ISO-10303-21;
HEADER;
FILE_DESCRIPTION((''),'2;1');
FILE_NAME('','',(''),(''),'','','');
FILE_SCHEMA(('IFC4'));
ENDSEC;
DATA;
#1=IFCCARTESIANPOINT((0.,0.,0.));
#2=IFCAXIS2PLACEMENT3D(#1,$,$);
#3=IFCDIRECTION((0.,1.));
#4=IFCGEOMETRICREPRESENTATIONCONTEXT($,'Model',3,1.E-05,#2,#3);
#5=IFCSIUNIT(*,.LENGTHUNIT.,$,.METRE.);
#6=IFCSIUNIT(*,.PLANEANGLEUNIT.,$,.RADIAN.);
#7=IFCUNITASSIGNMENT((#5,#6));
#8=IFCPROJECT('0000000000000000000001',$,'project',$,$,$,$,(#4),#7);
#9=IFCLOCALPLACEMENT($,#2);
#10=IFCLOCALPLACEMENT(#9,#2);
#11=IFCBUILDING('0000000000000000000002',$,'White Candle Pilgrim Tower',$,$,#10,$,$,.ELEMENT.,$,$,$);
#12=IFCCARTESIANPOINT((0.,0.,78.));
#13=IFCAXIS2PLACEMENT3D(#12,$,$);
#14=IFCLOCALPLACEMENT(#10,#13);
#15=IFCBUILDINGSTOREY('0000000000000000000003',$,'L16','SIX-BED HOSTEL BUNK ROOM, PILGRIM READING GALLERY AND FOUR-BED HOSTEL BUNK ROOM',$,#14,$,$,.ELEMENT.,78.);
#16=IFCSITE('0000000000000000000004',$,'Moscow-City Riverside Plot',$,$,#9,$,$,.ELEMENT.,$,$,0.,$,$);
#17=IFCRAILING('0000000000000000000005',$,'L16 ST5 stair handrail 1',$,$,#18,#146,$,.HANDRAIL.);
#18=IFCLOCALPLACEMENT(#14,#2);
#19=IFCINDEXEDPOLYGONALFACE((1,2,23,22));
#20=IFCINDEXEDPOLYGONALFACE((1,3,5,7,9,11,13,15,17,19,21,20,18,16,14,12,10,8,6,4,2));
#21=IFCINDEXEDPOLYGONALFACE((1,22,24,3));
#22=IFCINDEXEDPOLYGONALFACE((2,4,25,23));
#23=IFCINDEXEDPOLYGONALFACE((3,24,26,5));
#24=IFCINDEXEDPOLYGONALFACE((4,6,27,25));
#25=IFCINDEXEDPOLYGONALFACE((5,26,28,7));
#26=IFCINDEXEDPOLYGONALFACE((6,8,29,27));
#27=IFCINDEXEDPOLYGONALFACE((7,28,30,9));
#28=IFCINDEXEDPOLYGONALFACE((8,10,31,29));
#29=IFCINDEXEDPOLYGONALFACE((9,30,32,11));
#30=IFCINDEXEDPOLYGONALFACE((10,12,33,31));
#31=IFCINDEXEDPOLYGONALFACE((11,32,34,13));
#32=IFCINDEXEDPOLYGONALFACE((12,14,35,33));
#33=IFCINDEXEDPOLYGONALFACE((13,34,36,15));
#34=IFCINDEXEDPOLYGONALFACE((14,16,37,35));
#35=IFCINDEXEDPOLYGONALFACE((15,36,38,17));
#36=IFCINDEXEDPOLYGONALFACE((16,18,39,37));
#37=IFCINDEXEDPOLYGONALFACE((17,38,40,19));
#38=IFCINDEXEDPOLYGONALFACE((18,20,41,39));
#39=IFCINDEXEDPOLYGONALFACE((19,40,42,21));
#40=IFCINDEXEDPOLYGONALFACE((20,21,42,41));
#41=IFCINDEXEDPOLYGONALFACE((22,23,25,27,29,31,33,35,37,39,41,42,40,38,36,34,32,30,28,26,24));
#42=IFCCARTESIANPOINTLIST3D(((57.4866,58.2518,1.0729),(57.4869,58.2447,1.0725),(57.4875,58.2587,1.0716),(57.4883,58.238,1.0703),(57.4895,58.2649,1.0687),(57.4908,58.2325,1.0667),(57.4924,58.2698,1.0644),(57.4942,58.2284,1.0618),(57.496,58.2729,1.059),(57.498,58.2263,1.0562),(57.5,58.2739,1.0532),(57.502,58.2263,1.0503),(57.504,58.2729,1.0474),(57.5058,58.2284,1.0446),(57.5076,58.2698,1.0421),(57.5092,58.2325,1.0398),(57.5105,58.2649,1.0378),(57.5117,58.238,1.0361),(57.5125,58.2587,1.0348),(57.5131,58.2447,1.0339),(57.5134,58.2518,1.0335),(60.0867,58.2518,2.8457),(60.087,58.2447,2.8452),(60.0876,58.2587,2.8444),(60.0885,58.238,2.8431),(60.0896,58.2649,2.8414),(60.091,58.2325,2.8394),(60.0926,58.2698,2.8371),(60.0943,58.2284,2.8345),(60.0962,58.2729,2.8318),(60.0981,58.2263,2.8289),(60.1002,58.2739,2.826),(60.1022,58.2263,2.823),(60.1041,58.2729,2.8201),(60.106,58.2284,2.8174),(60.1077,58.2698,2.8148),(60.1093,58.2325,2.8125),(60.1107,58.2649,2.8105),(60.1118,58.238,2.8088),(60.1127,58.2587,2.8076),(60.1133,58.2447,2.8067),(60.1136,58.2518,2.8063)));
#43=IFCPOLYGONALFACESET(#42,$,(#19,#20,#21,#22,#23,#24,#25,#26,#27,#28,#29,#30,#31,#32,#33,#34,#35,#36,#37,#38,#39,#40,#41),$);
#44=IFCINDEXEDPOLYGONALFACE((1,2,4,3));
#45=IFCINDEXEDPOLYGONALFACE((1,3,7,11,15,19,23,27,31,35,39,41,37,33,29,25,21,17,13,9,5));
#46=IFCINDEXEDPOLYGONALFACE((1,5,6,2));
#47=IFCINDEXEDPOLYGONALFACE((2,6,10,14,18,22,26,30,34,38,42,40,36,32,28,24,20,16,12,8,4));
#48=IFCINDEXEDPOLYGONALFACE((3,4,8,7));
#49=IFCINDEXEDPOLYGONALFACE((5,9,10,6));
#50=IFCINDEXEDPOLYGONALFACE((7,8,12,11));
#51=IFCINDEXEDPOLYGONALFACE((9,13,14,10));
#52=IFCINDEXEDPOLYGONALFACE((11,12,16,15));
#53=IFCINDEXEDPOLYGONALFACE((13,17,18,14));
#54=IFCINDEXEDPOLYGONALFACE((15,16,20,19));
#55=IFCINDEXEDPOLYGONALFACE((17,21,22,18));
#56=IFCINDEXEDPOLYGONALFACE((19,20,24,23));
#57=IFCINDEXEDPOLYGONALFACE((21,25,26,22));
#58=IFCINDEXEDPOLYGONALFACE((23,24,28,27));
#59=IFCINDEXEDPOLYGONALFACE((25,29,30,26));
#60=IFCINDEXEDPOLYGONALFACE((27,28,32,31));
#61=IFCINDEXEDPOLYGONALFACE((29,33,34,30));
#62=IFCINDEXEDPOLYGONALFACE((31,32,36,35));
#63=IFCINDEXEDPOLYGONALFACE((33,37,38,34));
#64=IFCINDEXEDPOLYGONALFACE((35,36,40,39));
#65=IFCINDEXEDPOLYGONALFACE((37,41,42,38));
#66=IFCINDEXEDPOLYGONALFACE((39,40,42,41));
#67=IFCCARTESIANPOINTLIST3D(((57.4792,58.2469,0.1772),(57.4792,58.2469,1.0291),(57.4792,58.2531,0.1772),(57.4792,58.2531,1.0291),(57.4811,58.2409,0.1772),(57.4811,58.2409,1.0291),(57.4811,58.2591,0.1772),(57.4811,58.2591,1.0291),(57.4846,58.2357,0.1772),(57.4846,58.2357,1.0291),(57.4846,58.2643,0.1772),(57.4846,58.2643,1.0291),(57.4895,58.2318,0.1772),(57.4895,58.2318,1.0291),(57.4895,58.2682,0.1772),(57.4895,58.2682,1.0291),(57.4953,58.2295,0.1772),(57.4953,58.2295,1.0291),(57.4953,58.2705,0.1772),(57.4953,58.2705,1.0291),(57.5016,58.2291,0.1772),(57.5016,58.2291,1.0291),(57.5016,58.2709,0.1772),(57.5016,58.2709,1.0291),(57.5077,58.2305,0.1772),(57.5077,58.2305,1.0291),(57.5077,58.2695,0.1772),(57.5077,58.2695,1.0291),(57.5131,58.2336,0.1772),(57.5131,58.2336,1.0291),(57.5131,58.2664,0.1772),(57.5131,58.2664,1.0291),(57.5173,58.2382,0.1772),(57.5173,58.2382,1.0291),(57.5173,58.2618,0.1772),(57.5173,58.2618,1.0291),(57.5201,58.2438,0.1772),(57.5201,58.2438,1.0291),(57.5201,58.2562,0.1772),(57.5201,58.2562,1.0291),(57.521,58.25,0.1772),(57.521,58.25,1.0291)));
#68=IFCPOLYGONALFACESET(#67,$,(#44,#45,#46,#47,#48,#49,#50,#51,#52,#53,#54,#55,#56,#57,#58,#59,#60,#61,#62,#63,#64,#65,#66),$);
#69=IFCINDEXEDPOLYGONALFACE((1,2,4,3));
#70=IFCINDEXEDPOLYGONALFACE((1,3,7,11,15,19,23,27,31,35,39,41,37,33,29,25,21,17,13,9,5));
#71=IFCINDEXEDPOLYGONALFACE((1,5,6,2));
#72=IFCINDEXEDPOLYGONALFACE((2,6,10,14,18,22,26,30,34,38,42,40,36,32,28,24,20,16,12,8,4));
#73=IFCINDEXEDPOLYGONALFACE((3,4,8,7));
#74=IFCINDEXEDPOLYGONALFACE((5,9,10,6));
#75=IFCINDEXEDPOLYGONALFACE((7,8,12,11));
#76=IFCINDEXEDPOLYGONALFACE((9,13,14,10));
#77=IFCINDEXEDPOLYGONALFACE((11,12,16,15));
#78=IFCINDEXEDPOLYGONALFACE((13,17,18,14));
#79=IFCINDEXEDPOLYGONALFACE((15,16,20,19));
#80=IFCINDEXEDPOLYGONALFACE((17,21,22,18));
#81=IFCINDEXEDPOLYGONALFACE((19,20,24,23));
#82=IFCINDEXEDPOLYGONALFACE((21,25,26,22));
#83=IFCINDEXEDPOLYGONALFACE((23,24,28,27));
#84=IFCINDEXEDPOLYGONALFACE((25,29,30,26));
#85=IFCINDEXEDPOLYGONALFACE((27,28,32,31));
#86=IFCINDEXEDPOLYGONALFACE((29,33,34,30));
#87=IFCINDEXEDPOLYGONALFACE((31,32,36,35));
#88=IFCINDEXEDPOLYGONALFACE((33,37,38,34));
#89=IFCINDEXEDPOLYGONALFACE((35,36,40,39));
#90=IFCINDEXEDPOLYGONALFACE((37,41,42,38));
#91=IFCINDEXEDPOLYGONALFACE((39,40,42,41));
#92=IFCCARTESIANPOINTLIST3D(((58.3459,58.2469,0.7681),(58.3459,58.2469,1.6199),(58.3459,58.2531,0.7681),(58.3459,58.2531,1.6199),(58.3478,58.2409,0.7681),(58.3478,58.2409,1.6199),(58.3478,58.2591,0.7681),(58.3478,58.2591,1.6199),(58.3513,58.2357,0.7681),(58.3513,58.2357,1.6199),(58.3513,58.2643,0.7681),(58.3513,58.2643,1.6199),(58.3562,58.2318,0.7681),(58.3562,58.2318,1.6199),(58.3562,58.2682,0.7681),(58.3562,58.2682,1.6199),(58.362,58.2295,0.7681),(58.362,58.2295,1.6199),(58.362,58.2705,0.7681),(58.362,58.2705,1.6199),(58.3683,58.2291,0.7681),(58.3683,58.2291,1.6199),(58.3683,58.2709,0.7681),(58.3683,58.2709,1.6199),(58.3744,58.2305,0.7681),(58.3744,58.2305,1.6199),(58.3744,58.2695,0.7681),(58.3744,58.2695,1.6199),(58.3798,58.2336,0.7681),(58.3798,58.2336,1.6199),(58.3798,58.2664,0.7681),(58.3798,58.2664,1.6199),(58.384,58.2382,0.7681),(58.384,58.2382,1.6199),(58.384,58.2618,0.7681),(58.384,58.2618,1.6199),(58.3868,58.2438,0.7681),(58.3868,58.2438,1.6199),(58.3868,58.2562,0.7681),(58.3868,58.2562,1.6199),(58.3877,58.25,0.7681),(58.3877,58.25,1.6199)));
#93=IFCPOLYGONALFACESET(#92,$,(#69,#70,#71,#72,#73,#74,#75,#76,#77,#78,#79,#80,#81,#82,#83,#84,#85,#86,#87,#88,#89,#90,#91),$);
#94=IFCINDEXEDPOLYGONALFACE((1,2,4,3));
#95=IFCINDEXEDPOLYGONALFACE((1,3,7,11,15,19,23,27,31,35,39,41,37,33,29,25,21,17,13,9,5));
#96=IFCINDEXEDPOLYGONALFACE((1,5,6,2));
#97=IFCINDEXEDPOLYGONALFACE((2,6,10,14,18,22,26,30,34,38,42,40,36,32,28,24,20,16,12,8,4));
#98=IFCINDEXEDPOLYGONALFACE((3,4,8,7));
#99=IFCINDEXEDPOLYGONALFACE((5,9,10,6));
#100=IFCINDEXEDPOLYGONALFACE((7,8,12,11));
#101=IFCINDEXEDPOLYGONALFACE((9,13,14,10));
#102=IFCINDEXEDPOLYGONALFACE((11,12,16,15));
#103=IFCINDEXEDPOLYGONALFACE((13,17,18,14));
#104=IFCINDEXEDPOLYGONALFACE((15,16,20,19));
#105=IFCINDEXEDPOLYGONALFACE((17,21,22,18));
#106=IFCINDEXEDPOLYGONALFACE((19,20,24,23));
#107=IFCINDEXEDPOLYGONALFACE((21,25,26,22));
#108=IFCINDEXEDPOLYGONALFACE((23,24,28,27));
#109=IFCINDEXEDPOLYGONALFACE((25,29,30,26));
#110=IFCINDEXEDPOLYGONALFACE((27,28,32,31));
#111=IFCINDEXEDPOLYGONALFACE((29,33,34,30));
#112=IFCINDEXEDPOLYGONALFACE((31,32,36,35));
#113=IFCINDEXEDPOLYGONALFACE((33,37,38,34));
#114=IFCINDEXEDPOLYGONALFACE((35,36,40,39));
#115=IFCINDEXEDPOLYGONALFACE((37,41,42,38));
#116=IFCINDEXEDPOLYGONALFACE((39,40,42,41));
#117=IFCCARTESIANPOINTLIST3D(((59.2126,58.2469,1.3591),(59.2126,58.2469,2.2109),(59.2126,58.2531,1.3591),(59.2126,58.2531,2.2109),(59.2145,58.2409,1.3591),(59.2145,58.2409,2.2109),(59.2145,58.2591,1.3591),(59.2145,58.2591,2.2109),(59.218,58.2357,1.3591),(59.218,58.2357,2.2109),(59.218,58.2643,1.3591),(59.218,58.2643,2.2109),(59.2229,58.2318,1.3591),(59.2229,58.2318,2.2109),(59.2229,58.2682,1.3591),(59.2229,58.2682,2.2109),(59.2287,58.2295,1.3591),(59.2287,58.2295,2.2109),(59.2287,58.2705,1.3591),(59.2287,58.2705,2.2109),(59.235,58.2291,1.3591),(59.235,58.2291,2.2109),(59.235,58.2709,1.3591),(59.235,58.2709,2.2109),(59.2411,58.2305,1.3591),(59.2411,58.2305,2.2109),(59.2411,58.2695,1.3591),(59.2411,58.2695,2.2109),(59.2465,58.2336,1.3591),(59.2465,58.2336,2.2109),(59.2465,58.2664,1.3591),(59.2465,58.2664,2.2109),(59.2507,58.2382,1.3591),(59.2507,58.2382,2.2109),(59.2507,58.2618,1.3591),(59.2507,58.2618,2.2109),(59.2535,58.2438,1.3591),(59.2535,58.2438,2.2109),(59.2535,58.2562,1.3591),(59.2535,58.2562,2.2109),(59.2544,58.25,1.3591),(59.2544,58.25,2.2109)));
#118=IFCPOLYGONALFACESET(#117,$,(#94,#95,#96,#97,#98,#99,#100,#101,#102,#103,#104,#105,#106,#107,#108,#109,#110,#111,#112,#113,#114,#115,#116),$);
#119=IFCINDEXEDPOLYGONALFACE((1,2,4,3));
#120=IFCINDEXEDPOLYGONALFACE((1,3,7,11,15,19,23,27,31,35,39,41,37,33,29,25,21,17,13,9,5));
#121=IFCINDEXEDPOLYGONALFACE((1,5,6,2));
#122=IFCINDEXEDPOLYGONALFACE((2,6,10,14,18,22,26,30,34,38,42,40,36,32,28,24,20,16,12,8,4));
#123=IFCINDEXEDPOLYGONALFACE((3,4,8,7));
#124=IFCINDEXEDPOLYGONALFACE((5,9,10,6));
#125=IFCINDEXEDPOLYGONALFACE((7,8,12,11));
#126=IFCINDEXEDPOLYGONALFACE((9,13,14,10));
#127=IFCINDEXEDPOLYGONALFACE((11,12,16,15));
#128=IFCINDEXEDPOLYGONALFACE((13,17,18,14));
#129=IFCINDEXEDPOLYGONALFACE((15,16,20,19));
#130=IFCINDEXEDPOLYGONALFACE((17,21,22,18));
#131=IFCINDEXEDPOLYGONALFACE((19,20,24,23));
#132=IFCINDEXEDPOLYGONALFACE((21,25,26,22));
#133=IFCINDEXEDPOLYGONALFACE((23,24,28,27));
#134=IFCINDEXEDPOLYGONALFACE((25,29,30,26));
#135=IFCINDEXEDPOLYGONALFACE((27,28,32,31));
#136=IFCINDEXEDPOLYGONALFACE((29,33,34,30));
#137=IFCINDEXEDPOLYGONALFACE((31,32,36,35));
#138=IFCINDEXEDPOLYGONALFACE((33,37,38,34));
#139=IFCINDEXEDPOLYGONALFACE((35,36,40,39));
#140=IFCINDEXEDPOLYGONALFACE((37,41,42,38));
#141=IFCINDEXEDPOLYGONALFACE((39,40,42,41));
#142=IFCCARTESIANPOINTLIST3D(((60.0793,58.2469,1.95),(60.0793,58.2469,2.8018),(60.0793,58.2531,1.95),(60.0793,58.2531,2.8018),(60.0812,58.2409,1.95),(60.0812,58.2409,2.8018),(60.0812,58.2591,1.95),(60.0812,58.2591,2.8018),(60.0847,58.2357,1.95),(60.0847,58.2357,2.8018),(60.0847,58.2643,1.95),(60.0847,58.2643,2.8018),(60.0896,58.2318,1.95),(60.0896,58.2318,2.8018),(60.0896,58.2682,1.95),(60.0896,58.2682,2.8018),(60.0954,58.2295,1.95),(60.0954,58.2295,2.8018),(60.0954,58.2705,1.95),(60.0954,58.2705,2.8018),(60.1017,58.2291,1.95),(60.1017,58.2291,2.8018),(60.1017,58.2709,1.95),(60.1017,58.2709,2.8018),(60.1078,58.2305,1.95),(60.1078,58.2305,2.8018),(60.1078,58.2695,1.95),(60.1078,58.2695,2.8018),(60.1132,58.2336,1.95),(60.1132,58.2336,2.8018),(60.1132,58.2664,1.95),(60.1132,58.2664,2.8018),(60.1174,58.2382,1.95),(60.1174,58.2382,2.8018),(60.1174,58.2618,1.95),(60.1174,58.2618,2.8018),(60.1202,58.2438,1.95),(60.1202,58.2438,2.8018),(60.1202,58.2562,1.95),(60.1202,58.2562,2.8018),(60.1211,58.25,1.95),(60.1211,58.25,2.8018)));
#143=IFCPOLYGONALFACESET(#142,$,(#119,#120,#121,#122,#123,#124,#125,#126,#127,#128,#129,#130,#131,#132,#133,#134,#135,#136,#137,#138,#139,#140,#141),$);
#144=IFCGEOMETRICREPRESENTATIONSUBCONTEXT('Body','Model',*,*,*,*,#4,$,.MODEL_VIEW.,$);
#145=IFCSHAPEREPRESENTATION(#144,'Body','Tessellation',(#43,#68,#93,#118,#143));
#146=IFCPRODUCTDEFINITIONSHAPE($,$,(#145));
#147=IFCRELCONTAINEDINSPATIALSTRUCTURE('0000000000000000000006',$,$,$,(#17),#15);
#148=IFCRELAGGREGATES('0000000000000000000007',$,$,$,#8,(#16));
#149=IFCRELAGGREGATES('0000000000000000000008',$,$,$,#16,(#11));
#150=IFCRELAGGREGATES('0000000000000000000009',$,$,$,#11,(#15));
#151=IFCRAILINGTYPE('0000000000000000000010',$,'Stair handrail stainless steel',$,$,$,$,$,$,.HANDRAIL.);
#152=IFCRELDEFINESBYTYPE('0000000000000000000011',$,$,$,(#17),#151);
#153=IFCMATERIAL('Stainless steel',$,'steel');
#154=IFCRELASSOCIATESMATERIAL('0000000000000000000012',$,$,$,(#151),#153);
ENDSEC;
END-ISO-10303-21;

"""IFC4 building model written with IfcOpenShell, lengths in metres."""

from ifc_helpers import new_model, si_unit, direction, frame, origin, origin_2d, place, context, subcontext, project, spatial, circle, extrude, material, type_object, element, save


model = new_model("IFC4")

# Units and contexts
model_context = context("Model", 3, precision=1e-05, world=origin(), true_north=direction((0.0, 1.0)))
body_context = subcontext(model_context, "Body", "Model", "MODEL_VIEW")
ifc_project = project(units=[si_unit("LENGTHUNIT", "METRE"), si_unit("PLANEANGLEUNIT", "RADIAN")], contexts=[model_context])

# Site, building, storey
site_placement = place(None, origin())
site = spatial("IfcSite", under=ifc_project, at=site_placement, Name="Moscow-City Riverside Plot", CompositionType="ELEMENT", RefElevation=0.0)
building_placement = place(site_placement, origin())
building = spatial("IfcBuilding", under=site, at=building_placement, Name="White Candle Pilgrim Tower", CompositionType="ELEMENT")
storey_placement = place(building_placement, frame((0.0, 0.0, 78.0)))
storey = spatial("IfcBuildingStorey", under=building, at=storey_placement, Name="L16", Description="SIX-BED HOSTEL BUNK ROOM, PILGRIM READING GALLERY AND FOUR-BED HOSTEL BUNK ROOM", CompositionType="ELEMENT", Elevation=78.0)

# Railing
ifc_material_1 = material(Name="Stainless steel", Category="steel")
railing_type_1 = type_object("IfcRailingType", Name="Stair handrail stainless steel", PredefinedType="HANDRAIL", material=ifc_material_1)
railing_1_placement = place(storey_placement, frame((57.5, 58.25, 0.1772)))
element("IfcRailing", 1, at=railing_1_placement, inside=storey, type_object=railing_type_1, Name="L16 ST5 stair handrail 1", PredefinedType="HANDRAIL", context=body_context, shape_type="SweptSolid", body=[
    extrude(circle(Radius=0.0239, at=origin_2d()), frame((0.0, 0.0, 0.876), z_axis=(0.82624, 0.0, 0.563318), x_axis=(0.0, 1.0, 0.0)), (0.0, 0.0, 1.0), 3.147),
    extrude(circle(Radius=0.021, at=origin_2d()), origin(), (0.0, 0.0, 1.0), 0.8518),
    extrude(circle(Radius=0.021, at=origin_2d()), frame((0.8667, 0.0, 0.5908)), (0.0, 0.0, 1.0), 0.8518),
    extrude(circle(Radius=0.021, at=origin_2d()), frame((1.7334, 0.0, 1.1819)), (0.0, 0.0, 1.0), 0.8518),
    extrude(circle(Radius=0.021, at=origin_2d()), frame((2.6001, 0.0, 1.7727)), (0.0, 0.0, 1.0), 0.8518),
])

save(model, "model.ifc")
